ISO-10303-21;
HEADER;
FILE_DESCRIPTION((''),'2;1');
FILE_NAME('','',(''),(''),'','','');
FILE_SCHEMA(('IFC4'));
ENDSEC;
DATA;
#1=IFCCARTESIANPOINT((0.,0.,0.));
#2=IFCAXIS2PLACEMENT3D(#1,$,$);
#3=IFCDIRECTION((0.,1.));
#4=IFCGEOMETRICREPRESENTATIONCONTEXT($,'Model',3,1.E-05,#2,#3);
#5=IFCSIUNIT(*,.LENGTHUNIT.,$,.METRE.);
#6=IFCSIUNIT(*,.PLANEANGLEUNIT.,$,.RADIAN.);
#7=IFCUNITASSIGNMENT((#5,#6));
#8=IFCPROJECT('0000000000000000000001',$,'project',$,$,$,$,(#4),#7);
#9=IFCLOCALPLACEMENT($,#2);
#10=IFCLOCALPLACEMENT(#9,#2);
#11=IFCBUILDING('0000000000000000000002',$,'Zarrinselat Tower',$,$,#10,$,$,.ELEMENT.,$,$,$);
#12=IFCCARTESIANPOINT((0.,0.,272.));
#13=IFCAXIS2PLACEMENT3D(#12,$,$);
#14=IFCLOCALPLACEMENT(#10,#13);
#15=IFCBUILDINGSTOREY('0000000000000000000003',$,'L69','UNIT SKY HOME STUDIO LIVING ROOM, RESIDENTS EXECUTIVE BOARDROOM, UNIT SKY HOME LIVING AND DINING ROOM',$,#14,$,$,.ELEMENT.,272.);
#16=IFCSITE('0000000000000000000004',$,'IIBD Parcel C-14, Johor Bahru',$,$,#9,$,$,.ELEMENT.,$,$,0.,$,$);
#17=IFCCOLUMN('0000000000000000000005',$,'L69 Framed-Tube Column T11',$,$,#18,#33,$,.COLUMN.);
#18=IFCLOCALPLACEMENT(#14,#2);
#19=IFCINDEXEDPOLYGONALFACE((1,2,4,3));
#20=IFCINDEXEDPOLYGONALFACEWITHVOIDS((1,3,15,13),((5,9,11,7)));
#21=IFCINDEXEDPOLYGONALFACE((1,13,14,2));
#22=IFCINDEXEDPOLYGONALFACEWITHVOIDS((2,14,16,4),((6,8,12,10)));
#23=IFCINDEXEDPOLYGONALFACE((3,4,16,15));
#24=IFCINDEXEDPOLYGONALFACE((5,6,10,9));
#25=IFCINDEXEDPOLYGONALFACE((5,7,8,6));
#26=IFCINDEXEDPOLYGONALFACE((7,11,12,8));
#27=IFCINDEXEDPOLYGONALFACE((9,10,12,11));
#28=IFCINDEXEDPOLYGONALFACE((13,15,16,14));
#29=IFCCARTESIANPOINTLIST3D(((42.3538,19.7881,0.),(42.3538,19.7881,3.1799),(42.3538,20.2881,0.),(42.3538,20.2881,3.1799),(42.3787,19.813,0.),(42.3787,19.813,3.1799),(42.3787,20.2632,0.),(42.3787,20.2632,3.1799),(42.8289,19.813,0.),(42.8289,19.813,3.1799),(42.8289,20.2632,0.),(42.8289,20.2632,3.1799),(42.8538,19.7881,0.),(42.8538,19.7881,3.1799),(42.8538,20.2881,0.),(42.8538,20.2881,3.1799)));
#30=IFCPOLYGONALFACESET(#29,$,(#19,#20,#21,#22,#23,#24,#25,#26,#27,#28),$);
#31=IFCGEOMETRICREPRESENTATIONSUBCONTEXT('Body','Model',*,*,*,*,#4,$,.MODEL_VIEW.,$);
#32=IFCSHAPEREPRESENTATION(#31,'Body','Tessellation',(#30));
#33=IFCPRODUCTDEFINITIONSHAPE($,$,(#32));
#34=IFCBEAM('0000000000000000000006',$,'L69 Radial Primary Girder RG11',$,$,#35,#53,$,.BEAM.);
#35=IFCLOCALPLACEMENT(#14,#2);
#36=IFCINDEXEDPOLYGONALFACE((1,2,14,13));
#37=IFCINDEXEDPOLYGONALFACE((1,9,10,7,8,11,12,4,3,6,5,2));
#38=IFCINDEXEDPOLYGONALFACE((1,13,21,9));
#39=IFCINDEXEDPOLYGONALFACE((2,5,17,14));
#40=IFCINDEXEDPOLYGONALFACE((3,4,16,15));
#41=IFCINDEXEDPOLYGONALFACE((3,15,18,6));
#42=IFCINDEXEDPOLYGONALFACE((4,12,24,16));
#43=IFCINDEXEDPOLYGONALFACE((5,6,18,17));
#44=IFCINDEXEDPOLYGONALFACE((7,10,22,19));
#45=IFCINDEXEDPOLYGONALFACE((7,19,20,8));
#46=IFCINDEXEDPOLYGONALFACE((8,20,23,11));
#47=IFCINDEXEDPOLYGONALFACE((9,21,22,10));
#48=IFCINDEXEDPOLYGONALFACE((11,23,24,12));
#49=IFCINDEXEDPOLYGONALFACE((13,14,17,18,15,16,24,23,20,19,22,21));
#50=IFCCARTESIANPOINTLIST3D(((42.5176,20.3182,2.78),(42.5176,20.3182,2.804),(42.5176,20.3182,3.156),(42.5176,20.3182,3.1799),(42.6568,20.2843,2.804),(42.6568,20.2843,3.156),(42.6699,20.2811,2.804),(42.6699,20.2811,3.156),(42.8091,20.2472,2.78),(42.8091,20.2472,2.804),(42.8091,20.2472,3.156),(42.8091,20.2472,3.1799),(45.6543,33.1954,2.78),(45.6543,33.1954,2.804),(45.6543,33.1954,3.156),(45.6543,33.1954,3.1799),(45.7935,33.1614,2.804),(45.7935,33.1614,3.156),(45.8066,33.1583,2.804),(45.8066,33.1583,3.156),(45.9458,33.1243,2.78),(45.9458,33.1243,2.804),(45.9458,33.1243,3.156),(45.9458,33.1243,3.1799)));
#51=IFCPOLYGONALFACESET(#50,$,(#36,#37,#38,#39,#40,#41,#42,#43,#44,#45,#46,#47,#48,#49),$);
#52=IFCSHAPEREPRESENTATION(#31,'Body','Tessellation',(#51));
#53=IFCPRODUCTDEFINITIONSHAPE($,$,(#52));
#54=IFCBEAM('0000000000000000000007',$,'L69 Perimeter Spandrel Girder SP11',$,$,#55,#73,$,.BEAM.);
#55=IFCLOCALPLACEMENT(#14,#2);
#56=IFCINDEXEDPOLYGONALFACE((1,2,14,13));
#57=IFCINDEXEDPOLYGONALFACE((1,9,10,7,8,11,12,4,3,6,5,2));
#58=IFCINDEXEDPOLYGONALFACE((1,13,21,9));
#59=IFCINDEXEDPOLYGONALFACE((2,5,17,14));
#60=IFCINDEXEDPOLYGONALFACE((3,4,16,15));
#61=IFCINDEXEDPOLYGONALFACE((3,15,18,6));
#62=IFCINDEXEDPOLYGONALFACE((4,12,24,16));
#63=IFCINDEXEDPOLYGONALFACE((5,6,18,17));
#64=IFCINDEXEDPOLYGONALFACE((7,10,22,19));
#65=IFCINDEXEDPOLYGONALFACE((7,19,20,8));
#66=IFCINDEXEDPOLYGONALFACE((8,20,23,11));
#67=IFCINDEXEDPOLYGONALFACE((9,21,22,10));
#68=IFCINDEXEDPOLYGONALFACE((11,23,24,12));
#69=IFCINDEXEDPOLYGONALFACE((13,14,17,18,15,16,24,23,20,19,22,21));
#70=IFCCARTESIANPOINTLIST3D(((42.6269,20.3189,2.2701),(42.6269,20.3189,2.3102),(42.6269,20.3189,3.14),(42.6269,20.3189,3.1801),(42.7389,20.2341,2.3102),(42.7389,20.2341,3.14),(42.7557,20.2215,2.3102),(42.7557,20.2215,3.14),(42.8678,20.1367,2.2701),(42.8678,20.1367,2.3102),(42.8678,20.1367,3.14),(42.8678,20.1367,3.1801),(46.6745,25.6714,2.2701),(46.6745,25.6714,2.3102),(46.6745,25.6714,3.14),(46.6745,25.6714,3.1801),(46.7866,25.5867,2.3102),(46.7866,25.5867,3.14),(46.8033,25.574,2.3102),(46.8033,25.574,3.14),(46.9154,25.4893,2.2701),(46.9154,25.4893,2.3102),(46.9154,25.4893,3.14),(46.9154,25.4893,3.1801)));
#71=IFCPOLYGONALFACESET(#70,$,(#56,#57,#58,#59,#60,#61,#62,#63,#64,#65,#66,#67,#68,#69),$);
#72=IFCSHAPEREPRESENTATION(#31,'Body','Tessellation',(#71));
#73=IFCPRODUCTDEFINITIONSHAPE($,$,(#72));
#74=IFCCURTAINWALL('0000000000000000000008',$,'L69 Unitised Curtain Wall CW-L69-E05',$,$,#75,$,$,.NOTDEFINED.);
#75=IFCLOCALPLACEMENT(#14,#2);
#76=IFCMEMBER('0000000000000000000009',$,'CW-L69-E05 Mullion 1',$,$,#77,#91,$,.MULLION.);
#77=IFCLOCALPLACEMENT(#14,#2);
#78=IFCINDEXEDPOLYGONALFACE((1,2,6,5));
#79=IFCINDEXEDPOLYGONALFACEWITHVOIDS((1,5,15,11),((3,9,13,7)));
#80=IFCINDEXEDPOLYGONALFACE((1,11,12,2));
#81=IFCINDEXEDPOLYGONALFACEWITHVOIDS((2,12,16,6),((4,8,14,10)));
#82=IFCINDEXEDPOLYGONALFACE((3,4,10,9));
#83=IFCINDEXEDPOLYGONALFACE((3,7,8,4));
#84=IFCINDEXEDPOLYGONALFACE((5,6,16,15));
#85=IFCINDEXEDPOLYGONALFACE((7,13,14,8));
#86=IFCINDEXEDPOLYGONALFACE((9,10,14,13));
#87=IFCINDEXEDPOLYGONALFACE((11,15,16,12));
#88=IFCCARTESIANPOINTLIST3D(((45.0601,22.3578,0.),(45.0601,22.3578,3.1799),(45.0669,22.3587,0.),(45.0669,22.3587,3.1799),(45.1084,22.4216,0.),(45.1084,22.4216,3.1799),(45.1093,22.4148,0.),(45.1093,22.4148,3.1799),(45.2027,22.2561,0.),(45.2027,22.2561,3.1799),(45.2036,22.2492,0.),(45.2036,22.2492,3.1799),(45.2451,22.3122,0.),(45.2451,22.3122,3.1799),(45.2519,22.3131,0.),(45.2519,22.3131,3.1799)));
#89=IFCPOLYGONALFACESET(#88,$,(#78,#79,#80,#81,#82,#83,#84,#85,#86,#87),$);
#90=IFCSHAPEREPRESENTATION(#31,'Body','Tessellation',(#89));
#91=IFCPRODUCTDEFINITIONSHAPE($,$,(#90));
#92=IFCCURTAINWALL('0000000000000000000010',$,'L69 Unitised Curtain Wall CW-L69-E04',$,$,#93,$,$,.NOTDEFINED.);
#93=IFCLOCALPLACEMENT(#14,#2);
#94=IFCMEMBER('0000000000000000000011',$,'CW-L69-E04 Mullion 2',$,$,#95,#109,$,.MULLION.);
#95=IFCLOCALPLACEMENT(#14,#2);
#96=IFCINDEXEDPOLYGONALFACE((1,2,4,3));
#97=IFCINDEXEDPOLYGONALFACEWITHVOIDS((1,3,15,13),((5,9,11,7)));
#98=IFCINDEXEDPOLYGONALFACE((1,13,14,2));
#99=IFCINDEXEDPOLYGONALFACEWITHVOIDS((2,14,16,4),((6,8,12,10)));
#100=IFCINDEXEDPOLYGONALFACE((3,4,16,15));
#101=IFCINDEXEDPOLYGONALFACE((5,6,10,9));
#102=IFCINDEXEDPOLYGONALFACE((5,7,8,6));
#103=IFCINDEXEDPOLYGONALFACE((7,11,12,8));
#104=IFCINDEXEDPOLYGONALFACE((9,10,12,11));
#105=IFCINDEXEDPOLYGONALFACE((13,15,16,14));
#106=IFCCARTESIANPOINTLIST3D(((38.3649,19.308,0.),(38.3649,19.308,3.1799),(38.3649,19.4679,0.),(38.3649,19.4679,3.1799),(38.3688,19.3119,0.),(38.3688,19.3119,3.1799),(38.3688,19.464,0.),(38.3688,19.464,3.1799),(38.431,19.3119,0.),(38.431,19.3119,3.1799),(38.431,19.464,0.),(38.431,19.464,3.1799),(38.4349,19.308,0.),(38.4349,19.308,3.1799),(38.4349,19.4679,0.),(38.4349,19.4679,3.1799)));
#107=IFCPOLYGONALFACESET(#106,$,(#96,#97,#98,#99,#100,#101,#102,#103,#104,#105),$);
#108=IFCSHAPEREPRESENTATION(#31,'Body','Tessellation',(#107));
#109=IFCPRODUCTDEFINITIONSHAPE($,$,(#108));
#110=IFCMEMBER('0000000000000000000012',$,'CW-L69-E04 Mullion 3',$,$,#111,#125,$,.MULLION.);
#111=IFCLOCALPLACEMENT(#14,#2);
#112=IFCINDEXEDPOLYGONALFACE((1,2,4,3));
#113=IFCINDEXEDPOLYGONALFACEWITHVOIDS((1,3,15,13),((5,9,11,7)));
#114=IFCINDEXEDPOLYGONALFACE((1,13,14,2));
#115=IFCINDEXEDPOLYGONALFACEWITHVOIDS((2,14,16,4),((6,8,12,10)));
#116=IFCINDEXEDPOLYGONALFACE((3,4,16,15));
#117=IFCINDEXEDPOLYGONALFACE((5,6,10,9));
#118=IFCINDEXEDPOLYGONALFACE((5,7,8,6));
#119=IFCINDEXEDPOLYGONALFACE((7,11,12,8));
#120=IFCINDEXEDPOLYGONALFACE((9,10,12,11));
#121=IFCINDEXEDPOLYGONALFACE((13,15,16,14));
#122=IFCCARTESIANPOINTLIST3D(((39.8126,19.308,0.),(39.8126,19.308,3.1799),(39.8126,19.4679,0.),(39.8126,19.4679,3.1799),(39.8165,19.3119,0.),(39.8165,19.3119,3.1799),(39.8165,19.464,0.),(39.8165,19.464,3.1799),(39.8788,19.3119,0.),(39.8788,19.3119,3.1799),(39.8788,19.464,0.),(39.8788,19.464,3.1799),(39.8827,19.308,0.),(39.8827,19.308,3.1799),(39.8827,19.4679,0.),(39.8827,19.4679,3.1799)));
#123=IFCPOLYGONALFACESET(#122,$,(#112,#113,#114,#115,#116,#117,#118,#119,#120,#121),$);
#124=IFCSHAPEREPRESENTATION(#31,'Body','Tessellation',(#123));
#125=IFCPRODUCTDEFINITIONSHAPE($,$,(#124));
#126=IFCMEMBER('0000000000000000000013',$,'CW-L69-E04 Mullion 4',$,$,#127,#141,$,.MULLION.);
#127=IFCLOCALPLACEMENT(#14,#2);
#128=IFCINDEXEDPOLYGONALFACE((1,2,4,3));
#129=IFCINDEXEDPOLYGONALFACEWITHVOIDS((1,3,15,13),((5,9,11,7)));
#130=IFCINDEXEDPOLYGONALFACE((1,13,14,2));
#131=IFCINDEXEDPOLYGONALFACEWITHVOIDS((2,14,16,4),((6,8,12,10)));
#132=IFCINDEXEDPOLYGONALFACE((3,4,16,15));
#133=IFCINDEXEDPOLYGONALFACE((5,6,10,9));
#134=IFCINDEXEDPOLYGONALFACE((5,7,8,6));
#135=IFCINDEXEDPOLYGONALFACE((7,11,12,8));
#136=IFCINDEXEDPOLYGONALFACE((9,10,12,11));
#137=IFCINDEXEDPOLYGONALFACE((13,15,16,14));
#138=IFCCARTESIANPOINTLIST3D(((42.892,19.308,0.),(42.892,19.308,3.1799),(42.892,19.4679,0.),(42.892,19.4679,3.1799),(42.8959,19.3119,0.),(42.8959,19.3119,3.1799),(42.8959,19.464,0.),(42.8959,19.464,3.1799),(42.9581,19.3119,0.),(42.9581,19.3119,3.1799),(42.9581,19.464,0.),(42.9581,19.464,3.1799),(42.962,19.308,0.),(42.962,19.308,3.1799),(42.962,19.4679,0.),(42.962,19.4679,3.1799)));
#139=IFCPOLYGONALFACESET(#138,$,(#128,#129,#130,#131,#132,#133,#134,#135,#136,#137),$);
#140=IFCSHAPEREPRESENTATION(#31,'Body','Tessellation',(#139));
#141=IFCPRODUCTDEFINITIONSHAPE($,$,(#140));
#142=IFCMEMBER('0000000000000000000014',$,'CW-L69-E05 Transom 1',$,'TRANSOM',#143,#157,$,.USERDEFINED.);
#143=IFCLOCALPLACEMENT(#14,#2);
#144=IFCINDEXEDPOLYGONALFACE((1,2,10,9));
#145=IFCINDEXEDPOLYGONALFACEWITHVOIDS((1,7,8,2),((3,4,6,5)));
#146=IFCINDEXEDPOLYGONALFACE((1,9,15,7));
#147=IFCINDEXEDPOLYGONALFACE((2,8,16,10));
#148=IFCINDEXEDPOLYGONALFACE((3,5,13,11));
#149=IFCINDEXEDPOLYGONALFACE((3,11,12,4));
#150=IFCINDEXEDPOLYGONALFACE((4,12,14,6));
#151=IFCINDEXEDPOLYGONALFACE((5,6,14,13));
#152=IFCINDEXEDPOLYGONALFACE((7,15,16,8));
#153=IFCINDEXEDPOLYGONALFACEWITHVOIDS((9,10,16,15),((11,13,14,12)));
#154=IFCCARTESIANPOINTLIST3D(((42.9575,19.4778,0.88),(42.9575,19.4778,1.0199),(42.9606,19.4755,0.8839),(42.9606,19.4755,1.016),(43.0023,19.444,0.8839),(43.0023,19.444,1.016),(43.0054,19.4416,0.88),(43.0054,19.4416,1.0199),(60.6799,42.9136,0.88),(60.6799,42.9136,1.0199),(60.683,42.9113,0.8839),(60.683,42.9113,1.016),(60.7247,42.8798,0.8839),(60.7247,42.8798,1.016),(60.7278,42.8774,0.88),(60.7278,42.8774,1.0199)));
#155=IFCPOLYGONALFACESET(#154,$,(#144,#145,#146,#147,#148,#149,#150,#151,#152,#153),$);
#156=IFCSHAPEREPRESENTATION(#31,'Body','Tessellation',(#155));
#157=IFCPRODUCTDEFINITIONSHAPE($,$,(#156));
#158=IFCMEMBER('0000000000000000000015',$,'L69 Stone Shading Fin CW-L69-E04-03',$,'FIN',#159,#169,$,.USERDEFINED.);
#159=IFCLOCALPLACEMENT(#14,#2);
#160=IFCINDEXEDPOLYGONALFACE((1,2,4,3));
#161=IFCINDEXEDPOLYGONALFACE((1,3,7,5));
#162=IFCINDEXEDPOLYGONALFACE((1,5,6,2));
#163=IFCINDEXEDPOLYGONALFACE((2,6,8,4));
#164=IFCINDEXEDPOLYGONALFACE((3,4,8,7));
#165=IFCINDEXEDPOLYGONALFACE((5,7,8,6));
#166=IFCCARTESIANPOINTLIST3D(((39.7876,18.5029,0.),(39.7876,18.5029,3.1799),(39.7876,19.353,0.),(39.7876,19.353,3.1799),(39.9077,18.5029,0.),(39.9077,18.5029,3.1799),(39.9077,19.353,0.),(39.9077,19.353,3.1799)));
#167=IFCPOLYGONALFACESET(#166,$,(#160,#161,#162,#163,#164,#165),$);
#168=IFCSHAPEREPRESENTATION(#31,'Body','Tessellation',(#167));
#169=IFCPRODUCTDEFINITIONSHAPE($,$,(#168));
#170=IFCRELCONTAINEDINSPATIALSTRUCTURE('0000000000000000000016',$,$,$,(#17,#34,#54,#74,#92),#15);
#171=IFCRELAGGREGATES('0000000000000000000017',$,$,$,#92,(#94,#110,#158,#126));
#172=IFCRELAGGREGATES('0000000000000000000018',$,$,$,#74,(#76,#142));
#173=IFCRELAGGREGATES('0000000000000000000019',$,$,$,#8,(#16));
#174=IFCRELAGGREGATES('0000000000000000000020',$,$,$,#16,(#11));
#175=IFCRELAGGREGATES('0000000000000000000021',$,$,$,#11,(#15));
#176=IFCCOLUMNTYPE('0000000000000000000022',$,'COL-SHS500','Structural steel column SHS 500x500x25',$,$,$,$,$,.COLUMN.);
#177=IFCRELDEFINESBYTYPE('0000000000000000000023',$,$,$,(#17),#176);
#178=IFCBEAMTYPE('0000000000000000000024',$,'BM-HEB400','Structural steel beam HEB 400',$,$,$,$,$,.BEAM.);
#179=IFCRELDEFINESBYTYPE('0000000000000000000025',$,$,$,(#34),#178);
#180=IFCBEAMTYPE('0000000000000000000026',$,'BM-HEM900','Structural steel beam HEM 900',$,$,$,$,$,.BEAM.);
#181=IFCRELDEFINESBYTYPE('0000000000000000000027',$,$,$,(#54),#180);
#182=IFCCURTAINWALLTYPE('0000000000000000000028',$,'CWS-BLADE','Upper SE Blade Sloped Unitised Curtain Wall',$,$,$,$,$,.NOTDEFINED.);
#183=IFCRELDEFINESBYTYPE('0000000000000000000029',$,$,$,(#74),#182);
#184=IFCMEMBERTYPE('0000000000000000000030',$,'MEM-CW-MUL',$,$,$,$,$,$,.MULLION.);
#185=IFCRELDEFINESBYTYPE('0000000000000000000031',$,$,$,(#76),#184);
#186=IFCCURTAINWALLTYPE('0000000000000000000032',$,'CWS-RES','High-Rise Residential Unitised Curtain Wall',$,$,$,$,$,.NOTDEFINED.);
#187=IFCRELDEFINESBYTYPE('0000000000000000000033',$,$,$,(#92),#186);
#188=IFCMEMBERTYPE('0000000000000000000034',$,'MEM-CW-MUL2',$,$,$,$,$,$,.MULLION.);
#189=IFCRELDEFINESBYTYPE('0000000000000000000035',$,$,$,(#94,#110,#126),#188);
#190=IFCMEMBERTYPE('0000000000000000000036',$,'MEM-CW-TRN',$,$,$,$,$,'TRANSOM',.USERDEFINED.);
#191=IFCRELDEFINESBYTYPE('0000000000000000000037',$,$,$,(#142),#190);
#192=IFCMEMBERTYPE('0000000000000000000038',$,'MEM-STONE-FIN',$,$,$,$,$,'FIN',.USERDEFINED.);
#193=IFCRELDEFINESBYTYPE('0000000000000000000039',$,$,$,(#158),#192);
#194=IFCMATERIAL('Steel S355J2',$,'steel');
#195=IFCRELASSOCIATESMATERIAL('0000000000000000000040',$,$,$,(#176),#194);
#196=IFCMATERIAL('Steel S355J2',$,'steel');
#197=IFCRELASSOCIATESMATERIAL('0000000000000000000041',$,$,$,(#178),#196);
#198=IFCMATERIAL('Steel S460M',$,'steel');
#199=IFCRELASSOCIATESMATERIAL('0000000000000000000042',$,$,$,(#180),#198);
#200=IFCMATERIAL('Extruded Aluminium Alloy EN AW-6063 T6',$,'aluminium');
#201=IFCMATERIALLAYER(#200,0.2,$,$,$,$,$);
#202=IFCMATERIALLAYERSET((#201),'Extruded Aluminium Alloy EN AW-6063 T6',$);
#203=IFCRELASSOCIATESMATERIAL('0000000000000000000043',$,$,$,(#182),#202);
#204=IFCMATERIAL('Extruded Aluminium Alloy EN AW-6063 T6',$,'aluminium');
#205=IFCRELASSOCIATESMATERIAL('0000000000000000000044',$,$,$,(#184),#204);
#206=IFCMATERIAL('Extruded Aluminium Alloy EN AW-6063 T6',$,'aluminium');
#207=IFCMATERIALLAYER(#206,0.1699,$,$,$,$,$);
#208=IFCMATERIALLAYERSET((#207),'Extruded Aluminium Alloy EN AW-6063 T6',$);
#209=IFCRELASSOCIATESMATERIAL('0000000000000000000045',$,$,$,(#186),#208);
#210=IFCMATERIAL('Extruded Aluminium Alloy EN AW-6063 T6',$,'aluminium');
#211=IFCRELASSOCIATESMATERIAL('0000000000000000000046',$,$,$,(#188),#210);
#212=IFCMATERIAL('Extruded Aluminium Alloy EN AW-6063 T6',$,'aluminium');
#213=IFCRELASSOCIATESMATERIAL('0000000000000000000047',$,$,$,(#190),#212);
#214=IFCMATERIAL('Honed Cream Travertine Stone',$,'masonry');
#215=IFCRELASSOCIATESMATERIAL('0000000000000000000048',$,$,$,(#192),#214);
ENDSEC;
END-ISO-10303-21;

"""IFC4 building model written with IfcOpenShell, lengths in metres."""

from ifc_helpers import new_model, si_unit, direction, frame, origin, origin_2d, place, context, subcontext, project, spatial, rectangle, hollow_rectangle, i_section, extrude, material, layer, layer_set, material_profile, profile_set, type_object, element, aggregate, save


model = new_model("IFC4")

# Units and contexts
model_context = context("Model", 3, precision=1e-05, world=origin(), true_north=direction((0.0, 1.0)))
body_context = subcontext(model_context, "Body", "Model", "MODEL_VIEW")
ifc_project = project(units=[si_unit("LENGTHUNIT", "METRE"), si_unit("PLANEANGLEUNIT", "RADIAN")], contexts=[model_context])

# Site, building, storey
site_placement = place(None, origin())
site = spatial("IfcSite", under=ifc_project, at=site_placement, Name="IIBD Parcel C-14, Johor Bahru", CompositionType="ELEMENT", RefElevation=0.0)
building_placement = place(site_placement, origin())
building = spatial("IfcBuilding", under=site, at=building_placement, Name="Zarrinselat Tower", CompositionType="ELEMENT")
storey_placement = place(building_placement, frame((0.0, 0.0, 272.0)))
storey = spatial("IfcBuildingStorey", under=building, at=storey_placement, Name="L69", Description="UNIT SKY HOME STUDIO LIVING ROOM, RESIDENTS EXECUTIVE BOARDROOM, UNIT SKY HOME LIVING AND DINING ROOM", CompositionType="ELEMENT", Elevation=272.0)

# Column
ifc_material_1 = material(Name="Steel S355J2", Category="steel")
ifc_material_profile_1 = material_profile(ifc_material_1, hollow_rectangle(XDim=0.5, YDim=0.5, WallThickness=0.0249, at=origin_2d()), Name="SHS 500x500x25")
ifc_profile_set_1 = profile_set([ifc_material_profile_1], Name="Steel S355J2")
column_type = type_object("IfcColumnType", Name="COL-SHS500", Description="Structural steel column SHS 500x500x25", PredefinedType="COLUMN", material=ifc_profile_set_1)
column_placement = place(storey_placement, frame((42.6038, 20.0381, 0.0), z_axis=(0.0, 0.0, 1.0), x_axis=(1.0, 0.0, 0.0)))
element("IfcColumn", 1, at=column_placement, inside=storey, type_object=column_type, Name="L69 Framed-Tube Column T11", PredefinedType="COLUMN", context=body_context, shape_type="SweptSolid", body=[
    extrude(hollow_rectangle(XDim=0.5, YDim=0.5, WallThickness=0.0249, at=origin_2d()), origin(), (0.0, 0.0, 1.0), 3.1799),
])

# Beams
ifc_material_2 = material(Name="Steel S355J2", Category="steel")
ifc_material_profile_2 = material_profile(ifc_material_2, i_section(OverallWidth=0.3, OverallDepth=0.3999, WebThickness=0.0134, FlangeThickness=0.0239, at=origin_2d()), Name="HEB 400")
ifc_profile_set_2 = profile_set([ifc_material_profile_2], Name="Steel S355J2")
beam_type_1 = type_object("IfcBeamType", Name="BM-HEB400", Description="Structural steel beam HEB 400", PredefinedType="BEAM", material=ifc_profile_set_2)
beam_1_placement = place(storey_placement, frame((42.6633, 20.2827, 2.98), z_axis=(0.236667, 0.971591, 0.0), x_axis=(-0.971591, 0.236667, 0.0)))
element("IfcBeam", 2, at=beam_1_placement, inside=storey, type_object=beam_type_1, Name="L69 Radial Primary Girder RG11", PredefinedType="BEAM", context=body_context, shape_type="SweptSolid", body=[
    extrude(i_section(OverallWidth=0.3, OverallDepth=0.3999, WebThickness=0.0134, FlangeThickness=0.0239, at=origin_2d()), origin(), (0.0, 0.0, 1.0), 13.2537),
])
ifc_material_3 = material(Name="Steel S460M", Category="steel")
ifc_material_profile_3 = material_profile(ifc_material_3, i_section(OverallWidth=0.302, OverallDepth=0.9099, WebThickness=0.021, FlangeThickness=0.04, at=origin_2d()), Name="HEM 900")
ifc_profile_set_3 = profile_set([ifc_material_profile_3], Name="Steel S460M")
beam_type_2 = type_object("IfcBeamType", Name="BM-HEM900", Description="Structural steel beam HEM 900", PredefinedType="BEAM", material=ifc_profile_set_3)
beam_2_placement = place(storey_placement, frame((42.7473, 20.2278, 2.7251), z_axis=(0.603162, 0.797619, 0.0), x_axis=(-0.797619, 0.603162, 0.0)))
element("IfcBeam", 3, at=beam_2_placement, inside=storey, type_object=beam_type_2, Name="L69 Perimeter Spandrel Girder SP11", PredefinedType="BEAM", context=body_context, shape_type="SweptSolid", body=[
    extrude(i_section(OverallWidth=0.302, OverallDepth=0.9099, WebThickness=0.021, FlangeThickness=0.04, at=origin_2d()), origin(), (0.0, 0.0, 1.0), 6.7107),
])

# Curtain wall, member
ifc_material_4 = material(Name="Extruded Aluminium Alloy EN AW-6063 T6", Category="aluminium")
ifc_layer_1 = layer(ifc_material_4, 0.2)
ifc_layer_set_1 = layer_set([ifc_layer_1], Name="Extruded Aluminium Alloy EN AW-6063 T6")
curtain_wall_type_1 = type_object("IfcCurtainWallType", Name="CWS-BLADE", Description="Upper SE Blade Sloped Unitised Curtain Wall", PredefinedType="NOTDEFINED", material=ifc_layer_set_1)
curtain_wall_1_placement = place(storey_placement, origin())
curtain_wall_1 = element("IfcCurtainWall", 4, at=curtain_wall_1_placement, inside=storey, type_object=curtain_wall_type_1, Name="L69 Unitised Curtain Wall CW-L69-E05", PredefinedType="NOTDEFINED")
ifc_material_5 = material(Name="Extruded Aluminium Alloy EN AW-6063 T6", Category="aluminium")
ifc_material_profile_4 = material_profile(ifc_material_5, hollow_rectangle(XDim=0.0801, YDim=0.1799, WallThickness=0.0049, at=origin_2d()), Name="RHS 180x80x5")
ifc_profile_set_4 = profile_set([ifc_material_profile_4], Name="Extruded Aluminium Alloy EN AW-6063 T6")
member_type_1 = type_object("IfcMemberType", Name="MEM-CW-MUL", PredefinedType="MULLION", material=ifc_profile_set_4)
member_1_placement = place(storey_placement, frame((45.156, 22.3354, 0.0), z_axis=(0.0, 0.0, 1.0), x_axis=(0.60317, 0.797613, 0.0)))
member_1 = element("IfcMember", 5, at=member_1_placement, type_object=member_type_1, Name="CW-L69-E05 Mullion 1", PredefinedType="MULLION", context=body_context, shape_type="SweptSolid", body=[
    extrude(hollow_rectangle(XDim=0.0801, YDim=0.1799, WallThickness=0.0049, at=origin_2d()), origin(), (0.0, 0.0, 1.0), 3.1799),
])

# Curtain wall, members
ifc_material_6 = material(Name="Extruded Aluminium Alloy EN AW-6063 T6", Category="aluminium")
ifc_layer_2 = layer(ifc_material_6, 0.1699)
ifc_layer_set_2 = layer_set([ifc_layer_2], Name="Extruded Aluminium Alloy EN AW-6063 T6")
curtain_wall_type_2 = type_object("IfcCurtainWallType", Name="CWS-RES", Description="High-Rise Residential Unitised Curtain Wall", PredefinedType="NOTDEFINED", material=ifc_layer_set_2)
curtain_wall_2_placement = place(storey_placement, origin())
curtain_wall_2 = element("IfcCurtainWall", 6, at=curtain_wall_2_placement, inside=storey, type_object=curtain_wall_type_2, Name="L69 Unitised Curtain Wall CW-L69-E04", PredefinedType="NOTDEFINED")
ifc_material_7 = material(Name="Extruded Aluminium Alloy EN AW-6063 T6", Category="aluminium")
ifc_material_profile_5 = material_profile(ifc_material_7, hollow_rectangle(XDim=0.0701, YDim=0.1599, WallThickness=0.0039, at=origin_2d()), Name="RHS 160x70x4")
ifc_profile_set_5 = profile_set([ifc_material_profile_5], Name="Extruded Aluminium Alloy EN AW-6063 T6")
member_type_2 = type_object("IfcMemberType", Name="MEM-CW-MUL2", PredefinedType="MULLION", material=ifc_profile_set_5)
member_2_placement = place(storey_placement, frame((38.3999, 19.3879, 0.0), z_axis=(0.0, 0.0, 1.0), x_axis=(1.0, 0.0, 0.0)))
member_2 = element("IfcMember", 7, at=member_2_placement, type_object=member_type_2, Name="CW-L69-E04 Mullion 2", PredefinedType="MULLION", context=body_context, shape_type="SweptSolid", body=[
    extrude(hollow_rectangle(XDim=0.0701, YDim=0.1599, WallThickness=0.0039, at=origin_2d()), origin(), (0.0, 0.0, 1.0), 3.1799),
])
member_3_placement = place(storey_placement, frame((39.8477, 19.3879, 0.0), z_axis=(0.0, 0.0, 1.0), x_axis=(1.0, 0.0, 0.0)))
member_3 = element("IfcMember", 8, at=member_3_placement, type_object=member_type_2, Name="CW-L69-E04 Mullion 3", PredefinedType="MULLION", context=body_context, shape_type="SweptSolid", body=[
    extrude(hollow_rectangle(XDim=0.0701, YDim=0.1599, WallThickness=0.0039, at=origin_2d()), origin(), (0.0, 0.0, 1.0), 3.1799),
])
member_4_placement = place(storey_placement, frame((42.927, 19.3879, 0.0), z_axis=(0.0, 0.0, 1.0), x_axis=(1.0, 0.0, 0.0)))
member_4 = element("IfcMember", 9, at=member_4_placement, type_object=member_type_2, Name="CW-L69-E04 Mullion 4", PredefinedType="MULLION", context=body_context, shape_type="SweptSolid", body=[
    extrude(hollow_rectangle(XDim=0.0701, YDim=0.1599, WallThickness=0.0039, at=origin_2d()), origin(), (0.0, 0.0, 1.0), 3.1799),
])

# Members
ifc_material_8 = material(Name="Extruded Aluminium Alloy EN AW-6063 T6", Category="aluminium")
ifc_material_profile_6 = material_profile(ifc_material_8, hollow_rectangle(XDim=0.0601, YDim=0.1399, WallThickness=0.0039, at=origin_2d()), Name="RHS 140x60x4")
ifc_profile_set_6 = profile_set([ifc_material_profile_6], Name="Extruded Aluminium Alloy EN AW-6063 T6")
member_type_3 = type_object("IfcMemberType", Name="MEM-CW-TRN", ElementType="TRANSOM", PredefinedType="USERDEFINED", material=ifc_profile_set_6)
member_5_placement = place(storey_placement, frame((42.9814, 19.4597, 0.95), z_axis=(0.603166, 0.797616, 0.0), x_axis=(-0.797616, 0.603166, 0.0)))
member_5 = element("IfcMember", 10, at=member_5_placement, type_object=member_type_3, Name="CW-L69-E05 Transom 1", ObjectType="TRANSOM", PredefinedType="USERDEFINED", context=body_context, shape_type="SweptSolid", body=[
    extrude(hollow_rectangle(XDim=0.0601, YDim=0.1399, WallThickness=0.0039, at=origin_2d()), origin(), (0.0, 0.0, 1.0), 29.3823),
])
ifc_material_9 = material(Name="Honed Cream Travertine Stone", Category="masonry")
ifc_material_profile_7 = material_profile(ifc_material_9, rectangle(XDim=0.1201, YDim=0.8501, at=origin_2d()), Name="FIN 850x120")
ifc_profile_set_7 = profile_set([ifc_material_profile_7], Name="Honed Cream Travertine Stone")
member_type_4 = type_object("IfcMemberType", Name="MEM-STONE-FIN", ElementType="FIN", PredefinedType="USERDEFINED", material=ifc_profile_set_7)
member_6_placement = place(storey_placement, frame((39.8477, 18.928, 0.0), z_axis=(0.0, 0.0, 1.0), x_axis=(-1.0, 0.0, 0.0)))
member_6 = element("IfcMember", 11, at=member_6_placement, type_object=member_type_4, Name="L69 Stone Shading Fin CW-L69-E04-03", ObjectType="FIN", PredefinedType="USERDEFINED", context=body_context, shape_type="SweptSolid", body=[
    extrude(rectangle(XDim=0.1201, YDim=0.8501, at=origin_2d()), origin(), (0.0, 0.0, 1.0), 3.1799),
])

aggregate(curtain_wall_2, [member_2, member_3, member_6, member_4])
aggregate(curtain_wall_1, [member_1, member_5])

save(model, "model.ifc")
